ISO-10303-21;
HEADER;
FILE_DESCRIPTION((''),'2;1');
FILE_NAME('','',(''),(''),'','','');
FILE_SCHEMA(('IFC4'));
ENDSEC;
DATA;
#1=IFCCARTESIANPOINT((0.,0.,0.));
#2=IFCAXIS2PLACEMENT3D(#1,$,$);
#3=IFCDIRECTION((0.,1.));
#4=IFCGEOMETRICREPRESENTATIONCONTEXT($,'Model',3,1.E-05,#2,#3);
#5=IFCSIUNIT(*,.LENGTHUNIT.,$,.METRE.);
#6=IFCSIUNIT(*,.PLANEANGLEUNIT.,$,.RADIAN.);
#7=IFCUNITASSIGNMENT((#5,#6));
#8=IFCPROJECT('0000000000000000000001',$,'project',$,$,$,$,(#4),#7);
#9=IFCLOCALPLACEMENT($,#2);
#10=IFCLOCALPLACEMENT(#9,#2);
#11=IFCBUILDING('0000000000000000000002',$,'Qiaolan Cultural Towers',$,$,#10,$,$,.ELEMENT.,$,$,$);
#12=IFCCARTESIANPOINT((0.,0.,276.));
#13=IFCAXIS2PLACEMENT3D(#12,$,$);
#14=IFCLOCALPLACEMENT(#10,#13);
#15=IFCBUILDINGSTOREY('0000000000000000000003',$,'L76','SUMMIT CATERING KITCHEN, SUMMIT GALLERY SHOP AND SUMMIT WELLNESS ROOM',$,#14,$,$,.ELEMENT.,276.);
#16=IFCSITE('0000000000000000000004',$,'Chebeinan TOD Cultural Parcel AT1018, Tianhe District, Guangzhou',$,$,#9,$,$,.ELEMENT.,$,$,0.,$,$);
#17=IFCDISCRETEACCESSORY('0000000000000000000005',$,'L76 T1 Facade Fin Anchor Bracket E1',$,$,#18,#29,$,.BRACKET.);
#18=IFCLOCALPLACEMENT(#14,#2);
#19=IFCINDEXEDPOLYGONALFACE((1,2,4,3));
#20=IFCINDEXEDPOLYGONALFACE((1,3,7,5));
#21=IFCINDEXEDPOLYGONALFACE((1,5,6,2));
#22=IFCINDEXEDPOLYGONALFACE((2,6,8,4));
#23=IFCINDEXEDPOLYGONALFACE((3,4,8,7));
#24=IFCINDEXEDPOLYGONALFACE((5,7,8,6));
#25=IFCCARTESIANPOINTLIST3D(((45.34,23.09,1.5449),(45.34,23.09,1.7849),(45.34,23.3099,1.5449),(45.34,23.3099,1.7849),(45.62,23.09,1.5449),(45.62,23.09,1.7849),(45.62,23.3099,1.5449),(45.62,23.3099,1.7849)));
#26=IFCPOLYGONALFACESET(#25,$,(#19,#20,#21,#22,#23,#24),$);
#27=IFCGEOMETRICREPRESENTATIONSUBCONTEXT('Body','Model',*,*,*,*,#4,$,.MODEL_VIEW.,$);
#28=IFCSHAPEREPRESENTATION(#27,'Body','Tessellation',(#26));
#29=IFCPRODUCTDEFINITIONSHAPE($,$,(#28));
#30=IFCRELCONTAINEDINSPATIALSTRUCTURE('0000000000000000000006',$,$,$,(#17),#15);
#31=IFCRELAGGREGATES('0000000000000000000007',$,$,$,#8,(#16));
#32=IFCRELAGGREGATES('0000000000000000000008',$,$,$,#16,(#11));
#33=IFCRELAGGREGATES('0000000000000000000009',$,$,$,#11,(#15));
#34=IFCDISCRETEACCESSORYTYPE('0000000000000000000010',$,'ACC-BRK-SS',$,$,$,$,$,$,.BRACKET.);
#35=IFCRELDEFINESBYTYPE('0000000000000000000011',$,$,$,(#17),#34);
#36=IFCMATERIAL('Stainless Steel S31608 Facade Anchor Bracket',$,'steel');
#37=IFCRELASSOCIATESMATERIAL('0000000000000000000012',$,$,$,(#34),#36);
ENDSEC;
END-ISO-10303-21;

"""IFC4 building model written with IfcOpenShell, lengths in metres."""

from ifc_helpers import new_model, si_unit, direction, frame, origin, origin_2d, place, context, subcontext, project, spatial, rectangle, extrude, material, type_object, element, save


model = new_model("IFC4")

# Units and contexts
model_context = context("Model", 3, precision=1e-05, world=origin(), true_north=direction((0.0, 1.0)))
body_context = subcontext(model_context, "Body", "Model", "MODEL_VIEW")
ifc_project = project(units=[si_unit("LENGTHUNIT", "METRE"), si_unit("PLANEANGLEUNIT", "RADIAN")], contexts=[model_context])

# Site, building, storey
site_placement = place(None, origin())
site = spatial("IfcSite", under=ifc_project, at=site_placement, Name="Chebeinan TOD Cultural Parcel AT1018, Tianhe District, Guangzhou", CompositionType="ELEMENT", RefElevation=0.0)
building_placement = place(site_placement, origin())
building = spatial("IfcBuilding", under=site, at=building_placement, Name="Qiaolan Cultural Towers", CompositionType="ELEMENT")
storey_placement = place(building_placement, frame((0.0, 0.0, 276.0)))
storey = spatial("IfcBuildingStorey", under=building, at=storey_placement, Name="L76", Description="SUMMIT CATERING KITCHEN, SUMMIT GALLERY SHOP AND SUMMIT WELLNESS ROOM", CompositionType="ELEMENT", Elevation=276.0)

# Discrete accessory
ifc_material_1 = material(Name="Stainless Steel S31608 Facade Anchor Bracket", Category="steel")
discrete_accessory_type = type_object("IfcDiscreteAccessoryType", Name="ACC-BRK-SS", PredefinedType="BRACKET", material=ifc_material_1)
discrete_accessory_placement = place(storey_placement, frame((45.48, 23.2, 1.5449), z_axis=(0.0, 0.0, 1.0), x_axis=(1.0, 0.0, 0.0)))
element("IfcDiscreteAccessory", 1, at=discrete_accessory_placement, inside=storey, type_object=discrete_accessory_type, Name="L76 T1 Facade Fin Anchor Bracket E1", PredefinedType="BRACKET", context=body_context, shape_type="SweptSolid", body=[
    extrude(rectangle(XDim=0.28, YDim=0.22, at=origin_2d()), origin(), (0.0, 0.0, 1.0), 0.24),
])

save(model, "model.ifc")
